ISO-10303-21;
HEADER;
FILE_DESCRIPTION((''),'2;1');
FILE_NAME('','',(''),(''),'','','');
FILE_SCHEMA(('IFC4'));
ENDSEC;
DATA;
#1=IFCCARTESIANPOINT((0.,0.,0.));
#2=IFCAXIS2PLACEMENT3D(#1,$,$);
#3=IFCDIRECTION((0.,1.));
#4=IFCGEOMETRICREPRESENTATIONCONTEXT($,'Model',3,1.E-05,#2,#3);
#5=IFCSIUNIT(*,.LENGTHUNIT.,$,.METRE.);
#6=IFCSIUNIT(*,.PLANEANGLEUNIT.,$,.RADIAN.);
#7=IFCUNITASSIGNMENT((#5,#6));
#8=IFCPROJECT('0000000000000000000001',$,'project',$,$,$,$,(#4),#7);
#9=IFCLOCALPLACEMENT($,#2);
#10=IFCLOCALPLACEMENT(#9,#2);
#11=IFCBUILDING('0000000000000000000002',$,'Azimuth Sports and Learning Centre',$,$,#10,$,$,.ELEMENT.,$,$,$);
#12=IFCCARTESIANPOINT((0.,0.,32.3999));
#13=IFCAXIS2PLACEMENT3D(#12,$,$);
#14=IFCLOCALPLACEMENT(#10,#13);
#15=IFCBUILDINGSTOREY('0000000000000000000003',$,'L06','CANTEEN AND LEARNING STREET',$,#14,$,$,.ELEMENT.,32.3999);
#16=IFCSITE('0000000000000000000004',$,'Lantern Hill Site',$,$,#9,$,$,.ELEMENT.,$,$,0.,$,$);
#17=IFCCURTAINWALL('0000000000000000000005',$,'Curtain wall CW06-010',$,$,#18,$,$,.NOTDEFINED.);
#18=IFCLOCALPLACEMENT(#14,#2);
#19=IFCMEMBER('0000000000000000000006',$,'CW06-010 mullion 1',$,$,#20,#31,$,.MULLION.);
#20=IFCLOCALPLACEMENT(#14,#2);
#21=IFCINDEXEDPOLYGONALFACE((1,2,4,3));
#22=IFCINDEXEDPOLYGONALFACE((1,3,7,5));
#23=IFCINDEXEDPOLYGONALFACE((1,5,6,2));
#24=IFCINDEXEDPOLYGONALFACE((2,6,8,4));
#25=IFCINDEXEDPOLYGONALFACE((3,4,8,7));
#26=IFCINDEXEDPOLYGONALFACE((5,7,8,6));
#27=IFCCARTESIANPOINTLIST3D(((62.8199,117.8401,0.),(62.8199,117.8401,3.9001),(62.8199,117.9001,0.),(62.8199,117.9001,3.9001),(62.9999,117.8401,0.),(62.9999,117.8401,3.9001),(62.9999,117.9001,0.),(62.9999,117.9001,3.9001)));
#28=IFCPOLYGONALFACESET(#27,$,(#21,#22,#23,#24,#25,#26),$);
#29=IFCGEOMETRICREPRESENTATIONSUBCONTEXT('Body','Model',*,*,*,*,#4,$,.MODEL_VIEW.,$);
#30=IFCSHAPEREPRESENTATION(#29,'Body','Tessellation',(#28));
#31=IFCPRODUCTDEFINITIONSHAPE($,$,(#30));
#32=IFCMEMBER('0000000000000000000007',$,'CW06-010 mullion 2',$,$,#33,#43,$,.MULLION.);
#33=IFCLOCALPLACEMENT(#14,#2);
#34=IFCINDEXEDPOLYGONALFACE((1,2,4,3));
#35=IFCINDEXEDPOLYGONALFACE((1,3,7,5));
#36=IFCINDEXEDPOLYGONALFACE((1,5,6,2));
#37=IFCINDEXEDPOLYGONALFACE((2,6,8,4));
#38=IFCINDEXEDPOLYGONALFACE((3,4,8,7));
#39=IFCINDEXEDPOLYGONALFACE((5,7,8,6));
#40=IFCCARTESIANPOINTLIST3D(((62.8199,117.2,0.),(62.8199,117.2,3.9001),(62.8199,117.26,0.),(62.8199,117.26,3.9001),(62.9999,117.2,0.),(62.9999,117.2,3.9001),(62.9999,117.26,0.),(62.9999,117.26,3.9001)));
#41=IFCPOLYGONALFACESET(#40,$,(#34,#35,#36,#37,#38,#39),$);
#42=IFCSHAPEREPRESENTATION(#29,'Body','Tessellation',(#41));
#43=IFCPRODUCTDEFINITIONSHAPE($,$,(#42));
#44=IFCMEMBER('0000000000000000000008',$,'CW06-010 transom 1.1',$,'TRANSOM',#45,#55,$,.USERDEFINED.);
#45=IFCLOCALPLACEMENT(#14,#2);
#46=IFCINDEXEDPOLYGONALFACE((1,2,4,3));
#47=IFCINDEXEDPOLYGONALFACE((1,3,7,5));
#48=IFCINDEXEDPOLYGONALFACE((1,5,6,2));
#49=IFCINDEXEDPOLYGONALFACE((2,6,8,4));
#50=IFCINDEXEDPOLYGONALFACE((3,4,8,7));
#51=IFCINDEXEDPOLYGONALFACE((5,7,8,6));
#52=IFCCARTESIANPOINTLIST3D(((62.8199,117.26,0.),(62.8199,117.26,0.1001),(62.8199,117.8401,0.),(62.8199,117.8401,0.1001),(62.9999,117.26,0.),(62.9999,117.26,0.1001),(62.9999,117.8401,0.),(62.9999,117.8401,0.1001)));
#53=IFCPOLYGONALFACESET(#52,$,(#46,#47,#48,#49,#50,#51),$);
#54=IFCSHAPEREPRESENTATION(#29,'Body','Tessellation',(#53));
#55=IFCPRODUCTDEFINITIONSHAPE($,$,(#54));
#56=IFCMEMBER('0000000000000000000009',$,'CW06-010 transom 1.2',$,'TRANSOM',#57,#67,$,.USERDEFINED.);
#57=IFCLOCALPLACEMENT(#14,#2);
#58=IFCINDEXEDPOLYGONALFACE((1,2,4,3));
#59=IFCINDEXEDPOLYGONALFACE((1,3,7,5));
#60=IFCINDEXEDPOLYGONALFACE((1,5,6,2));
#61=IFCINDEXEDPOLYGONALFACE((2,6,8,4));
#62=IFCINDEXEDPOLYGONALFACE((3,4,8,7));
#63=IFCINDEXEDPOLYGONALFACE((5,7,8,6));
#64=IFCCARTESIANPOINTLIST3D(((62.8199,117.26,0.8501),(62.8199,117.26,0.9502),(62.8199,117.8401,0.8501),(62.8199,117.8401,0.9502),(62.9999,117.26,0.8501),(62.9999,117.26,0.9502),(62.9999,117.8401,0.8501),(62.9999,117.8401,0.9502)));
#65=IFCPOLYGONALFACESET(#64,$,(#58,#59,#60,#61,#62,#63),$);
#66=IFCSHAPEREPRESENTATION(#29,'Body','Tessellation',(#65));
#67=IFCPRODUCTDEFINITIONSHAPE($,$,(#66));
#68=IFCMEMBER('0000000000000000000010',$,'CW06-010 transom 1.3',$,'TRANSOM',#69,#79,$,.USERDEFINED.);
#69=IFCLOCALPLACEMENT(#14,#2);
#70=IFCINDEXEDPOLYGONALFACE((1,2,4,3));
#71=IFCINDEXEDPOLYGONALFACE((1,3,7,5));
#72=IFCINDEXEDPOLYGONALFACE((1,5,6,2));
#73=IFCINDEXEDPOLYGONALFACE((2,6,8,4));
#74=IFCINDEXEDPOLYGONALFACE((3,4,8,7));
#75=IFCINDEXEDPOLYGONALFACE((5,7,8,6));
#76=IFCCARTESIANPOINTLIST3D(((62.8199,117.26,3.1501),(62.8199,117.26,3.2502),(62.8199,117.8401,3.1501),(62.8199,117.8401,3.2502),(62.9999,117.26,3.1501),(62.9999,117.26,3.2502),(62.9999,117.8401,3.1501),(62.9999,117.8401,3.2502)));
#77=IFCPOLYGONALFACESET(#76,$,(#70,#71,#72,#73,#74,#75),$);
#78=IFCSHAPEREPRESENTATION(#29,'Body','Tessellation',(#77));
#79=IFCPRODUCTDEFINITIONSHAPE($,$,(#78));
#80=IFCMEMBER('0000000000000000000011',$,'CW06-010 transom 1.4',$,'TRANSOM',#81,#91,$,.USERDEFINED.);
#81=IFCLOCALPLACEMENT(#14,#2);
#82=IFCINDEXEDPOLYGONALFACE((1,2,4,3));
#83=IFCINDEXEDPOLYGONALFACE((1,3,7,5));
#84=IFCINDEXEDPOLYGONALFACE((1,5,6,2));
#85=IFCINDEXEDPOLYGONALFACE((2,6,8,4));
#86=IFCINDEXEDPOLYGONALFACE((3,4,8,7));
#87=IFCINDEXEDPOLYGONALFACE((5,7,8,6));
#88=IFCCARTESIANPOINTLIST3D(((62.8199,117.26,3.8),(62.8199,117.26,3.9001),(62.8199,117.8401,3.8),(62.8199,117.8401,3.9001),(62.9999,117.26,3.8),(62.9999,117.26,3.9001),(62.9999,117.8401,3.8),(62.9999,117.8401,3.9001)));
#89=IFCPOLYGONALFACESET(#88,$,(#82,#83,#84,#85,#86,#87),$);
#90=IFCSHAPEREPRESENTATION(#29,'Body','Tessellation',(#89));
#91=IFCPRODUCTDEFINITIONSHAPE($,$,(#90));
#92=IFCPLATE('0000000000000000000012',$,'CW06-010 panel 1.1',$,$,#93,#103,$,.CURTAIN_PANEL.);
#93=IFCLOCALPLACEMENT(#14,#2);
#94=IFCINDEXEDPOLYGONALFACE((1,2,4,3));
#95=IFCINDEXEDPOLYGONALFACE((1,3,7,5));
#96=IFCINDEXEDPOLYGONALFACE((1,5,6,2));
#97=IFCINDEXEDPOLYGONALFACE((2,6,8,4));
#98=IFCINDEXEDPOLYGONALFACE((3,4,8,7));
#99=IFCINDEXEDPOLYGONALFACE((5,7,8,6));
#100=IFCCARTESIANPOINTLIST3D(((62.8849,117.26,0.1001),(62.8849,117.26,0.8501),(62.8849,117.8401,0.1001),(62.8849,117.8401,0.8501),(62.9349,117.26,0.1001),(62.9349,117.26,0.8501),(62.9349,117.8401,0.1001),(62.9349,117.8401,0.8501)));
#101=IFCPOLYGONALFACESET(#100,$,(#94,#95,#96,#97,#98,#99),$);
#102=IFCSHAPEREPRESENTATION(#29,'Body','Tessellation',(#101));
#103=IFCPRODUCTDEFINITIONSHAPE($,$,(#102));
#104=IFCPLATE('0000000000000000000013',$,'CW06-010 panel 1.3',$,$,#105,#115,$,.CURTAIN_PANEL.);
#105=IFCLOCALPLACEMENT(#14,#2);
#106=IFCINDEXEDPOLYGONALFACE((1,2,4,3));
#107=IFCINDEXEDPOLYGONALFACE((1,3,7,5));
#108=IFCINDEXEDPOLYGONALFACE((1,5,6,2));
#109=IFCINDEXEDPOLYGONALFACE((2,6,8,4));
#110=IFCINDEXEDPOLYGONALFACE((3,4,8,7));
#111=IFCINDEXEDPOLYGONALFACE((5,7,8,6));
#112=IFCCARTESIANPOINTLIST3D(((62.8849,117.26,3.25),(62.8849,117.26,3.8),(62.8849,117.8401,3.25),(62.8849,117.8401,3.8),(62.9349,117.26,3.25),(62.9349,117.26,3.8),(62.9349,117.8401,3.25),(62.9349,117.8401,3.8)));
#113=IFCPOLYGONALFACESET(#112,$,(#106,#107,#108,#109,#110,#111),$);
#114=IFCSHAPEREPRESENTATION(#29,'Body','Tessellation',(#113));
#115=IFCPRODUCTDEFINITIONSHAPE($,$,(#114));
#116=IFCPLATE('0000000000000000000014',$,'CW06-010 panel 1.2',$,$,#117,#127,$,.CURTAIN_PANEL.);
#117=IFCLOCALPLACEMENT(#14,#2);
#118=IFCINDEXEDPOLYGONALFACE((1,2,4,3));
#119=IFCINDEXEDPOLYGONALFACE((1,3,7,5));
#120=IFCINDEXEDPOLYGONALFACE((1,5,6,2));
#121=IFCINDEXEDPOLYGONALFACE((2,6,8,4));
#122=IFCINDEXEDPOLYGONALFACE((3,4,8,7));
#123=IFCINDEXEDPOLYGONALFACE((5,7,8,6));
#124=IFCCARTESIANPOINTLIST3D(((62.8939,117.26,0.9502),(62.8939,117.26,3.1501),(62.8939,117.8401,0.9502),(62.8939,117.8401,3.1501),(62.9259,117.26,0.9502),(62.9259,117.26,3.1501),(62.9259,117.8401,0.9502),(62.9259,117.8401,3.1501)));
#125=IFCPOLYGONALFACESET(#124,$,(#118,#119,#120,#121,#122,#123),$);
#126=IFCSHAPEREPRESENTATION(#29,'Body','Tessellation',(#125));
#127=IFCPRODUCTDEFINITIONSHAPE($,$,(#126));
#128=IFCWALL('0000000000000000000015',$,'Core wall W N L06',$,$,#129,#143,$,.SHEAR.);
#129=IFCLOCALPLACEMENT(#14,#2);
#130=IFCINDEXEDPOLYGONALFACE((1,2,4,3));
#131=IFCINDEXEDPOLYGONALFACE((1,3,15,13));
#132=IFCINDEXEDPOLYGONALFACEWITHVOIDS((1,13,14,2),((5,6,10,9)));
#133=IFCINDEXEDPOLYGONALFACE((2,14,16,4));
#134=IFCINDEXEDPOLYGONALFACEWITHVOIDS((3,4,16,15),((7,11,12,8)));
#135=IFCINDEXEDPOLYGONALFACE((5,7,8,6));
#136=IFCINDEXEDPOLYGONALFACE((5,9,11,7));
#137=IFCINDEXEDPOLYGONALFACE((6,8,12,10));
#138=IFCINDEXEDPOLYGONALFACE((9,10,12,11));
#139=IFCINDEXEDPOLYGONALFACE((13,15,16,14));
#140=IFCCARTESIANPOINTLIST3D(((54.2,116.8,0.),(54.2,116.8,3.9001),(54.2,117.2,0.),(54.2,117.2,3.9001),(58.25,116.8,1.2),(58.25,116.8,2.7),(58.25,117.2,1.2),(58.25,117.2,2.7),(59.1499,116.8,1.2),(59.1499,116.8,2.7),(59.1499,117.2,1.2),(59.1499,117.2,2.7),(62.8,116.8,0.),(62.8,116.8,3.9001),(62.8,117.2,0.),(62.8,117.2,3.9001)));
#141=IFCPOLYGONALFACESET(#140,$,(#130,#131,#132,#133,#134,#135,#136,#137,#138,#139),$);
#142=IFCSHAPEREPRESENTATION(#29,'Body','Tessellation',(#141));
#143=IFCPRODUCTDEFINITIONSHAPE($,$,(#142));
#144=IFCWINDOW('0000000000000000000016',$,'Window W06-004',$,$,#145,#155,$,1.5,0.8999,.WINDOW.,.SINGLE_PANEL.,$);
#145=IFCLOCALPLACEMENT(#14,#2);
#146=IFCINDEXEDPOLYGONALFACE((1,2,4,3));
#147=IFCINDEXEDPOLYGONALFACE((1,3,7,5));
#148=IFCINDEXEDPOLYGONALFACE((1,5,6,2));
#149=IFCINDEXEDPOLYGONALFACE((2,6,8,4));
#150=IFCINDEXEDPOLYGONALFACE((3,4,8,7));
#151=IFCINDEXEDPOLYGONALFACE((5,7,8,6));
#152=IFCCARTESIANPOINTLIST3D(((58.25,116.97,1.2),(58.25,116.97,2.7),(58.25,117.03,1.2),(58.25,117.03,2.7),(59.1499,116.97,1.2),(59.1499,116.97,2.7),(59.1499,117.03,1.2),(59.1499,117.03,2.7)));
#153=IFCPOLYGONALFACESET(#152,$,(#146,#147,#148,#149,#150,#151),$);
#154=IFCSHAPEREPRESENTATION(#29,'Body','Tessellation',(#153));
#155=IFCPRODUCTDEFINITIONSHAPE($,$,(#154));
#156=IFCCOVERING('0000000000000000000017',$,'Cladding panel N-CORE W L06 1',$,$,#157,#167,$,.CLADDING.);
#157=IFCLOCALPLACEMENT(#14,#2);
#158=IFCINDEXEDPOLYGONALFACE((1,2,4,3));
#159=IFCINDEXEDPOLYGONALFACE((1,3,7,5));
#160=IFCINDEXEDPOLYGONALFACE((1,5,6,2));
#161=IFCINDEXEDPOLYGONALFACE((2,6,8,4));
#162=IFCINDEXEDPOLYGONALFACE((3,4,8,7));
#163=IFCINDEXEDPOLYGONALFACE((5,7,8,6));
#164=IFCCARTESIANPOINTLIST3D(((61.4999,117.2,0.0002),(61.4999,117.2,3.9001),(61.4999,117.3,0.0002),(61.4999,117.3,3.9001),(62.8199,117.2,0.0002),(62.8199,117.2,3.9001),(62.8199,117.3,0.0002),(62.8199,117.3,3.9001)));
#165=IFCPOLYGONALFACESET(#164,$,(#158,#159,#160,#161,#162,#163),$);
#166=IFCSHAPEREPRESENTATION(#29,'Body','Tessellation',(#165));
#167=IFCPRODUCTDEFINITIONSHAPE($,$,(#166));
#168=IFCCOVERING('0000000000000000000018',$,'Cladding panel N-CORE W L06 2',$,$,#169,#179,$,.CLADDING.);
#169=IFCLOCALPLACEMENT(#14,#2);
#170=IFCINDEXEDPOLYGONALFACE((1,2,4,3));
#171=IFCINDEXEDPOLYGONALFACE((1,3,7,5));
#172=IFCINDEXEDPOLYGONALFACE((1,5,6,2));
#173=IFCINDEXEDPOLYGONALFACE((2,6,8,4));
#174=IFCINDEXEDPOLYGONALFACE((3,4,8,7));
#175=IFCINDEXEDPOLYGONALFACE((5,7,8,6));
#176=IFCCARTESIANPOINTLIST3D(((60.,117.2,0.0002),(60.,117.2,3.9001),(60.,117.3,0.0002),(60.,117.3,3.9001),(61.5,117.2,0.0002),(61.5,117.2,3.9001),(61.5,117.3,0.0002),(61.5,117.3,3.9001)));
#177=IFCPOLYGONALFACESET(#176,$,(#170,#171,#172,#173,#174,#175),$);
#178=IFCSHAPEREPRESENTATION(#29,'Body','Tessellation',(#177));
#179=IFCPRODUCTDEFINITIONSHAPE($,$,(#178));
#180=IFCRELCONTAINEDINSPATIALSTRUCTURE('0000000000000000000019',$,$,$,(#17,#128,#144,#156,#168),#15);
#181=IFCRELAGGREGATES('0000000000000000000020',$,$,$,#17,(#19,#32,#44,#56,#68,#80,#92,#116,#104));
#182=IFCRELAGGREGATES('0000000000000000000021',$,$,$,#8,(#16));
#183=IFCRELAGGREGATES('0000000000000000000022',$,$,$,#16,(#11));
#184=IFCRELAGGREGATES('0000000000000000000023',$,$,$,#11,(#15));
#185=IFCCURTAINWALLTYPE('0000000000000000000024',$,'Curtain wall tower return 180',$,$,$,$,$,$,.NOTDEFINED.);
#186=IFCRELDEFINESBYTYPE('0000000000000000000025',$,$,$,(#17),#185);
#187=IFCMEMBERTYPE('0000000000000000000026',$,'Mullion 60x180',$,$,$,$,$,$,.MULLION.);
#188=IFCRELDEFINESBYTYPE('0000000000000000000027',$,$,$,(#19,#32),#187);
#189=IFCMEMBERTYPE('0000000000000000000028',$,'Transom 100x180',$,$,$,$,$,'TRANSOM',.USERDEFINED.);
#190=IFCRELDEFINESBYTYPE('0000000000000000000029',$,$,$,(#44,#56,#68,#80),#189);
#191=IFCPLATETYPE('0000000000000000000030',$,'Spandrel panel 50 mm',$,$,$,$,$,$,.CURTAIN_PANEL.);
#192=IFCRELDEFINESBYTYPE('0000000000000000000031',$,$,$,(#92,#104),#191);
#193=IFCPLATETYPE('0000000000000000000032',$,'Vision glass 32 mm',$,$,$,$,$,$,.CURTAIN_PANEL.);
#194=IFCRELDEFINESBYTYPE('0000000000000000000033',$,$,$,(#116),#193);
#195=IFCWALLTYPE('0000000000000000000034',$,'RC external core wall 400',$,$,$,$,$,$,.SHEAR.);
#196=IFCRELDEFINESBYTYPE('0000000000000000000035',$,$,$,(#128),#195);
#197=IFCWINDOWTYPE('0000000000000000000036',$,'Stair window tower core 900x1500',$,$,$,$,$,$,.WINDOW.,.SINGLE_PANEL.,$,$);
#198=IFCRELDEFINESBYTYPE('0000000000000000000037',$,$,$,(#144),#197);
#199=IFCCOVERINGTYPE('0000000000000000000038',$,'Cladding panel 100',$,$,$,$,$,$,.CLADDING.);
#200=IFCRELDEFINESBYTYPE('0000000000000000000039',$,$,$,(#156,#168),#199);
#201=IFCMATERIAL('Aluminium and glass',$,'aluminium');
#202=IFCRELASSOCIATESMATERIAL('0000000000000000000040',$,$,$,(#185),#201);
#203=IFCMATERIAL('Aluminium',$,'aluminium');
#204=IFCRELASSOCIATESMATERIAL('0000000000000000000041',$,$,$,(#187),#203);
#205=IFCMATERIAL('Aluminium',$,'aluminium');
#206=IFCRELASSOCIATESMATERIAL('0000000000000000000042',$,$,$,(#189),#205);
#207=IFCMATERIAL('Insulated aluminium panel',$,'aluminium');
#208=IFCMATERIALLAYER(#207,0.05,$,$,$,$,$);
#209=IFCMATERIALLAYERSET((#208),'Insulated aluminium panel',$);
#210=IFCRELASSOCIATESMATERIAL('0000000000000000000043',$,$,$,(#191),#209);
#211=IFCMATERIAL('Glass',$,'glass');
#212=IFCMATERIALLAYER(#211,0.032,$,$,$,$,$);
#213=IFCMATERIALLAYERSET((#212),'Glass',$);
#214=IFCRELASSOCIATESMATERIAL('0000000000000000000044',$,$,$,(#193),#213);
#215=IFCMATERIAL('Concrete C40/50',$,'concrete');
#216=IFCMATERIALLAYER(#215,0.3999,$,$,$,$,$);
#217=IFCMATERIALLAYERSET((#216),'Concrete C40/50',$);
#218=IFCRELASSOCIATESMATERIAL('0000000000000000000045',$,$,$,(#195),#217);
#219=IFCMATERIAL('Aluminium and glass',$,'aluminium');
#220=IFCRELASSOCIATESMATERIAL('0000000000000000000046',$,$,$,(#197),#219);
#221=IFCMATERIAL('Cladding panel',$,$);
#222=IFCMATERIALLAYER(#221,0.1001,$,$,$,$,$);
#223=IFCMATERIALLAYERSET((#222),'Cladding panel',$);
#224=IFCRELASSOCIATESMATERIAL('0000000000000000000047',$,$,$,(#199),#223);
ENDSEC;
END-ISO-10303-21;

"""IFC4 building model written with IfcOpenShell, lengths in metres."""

from ifc_helpers import new_model, si_unit, direction, frame, frame_2d, origin, origin_2d, place, context, subcontext, project, spatial, rectangle, extrude, material, layer, layer_set, material_profile, profile_set, type_object, element, fill, aggregate, save


model = new_model("IFC4")

# Units and contexts
model_context = context("Model", 3, precision=1e-05, world=origin(), true_north=direction((0.0, 1.0)))
body_context = subcontext(model_context, "Body", "Model", "MODEL_VIEW")
ifc_project = project(units=[si_unit("LENGTHUNIT", "METRE"), si_unit("PLANEANGLEUNIT", "RADIAN")], contexts=[model_context])

# Site, building, storey
site_placement = place(None, origin())
site = spatial("IfcSite", under=ifc_project, at=site_placement, Name="Lantern Hill Site", CompositionType="ELEMENT", RefElevation=0.0)
building_placement = place(site_placement, origin())
building = spatial("IfcBuilding", under=site, at=building_placement, Name="Azimuth Sports and Learning Centre", CompositionType="ELEMENT")
storey_placement = place(building_placement, frame((0.0, 0.0, 32.3999)))
storey = spatial("IfcBuildingStorey", under=building, at=storey_placement, Name="L06", Description="CANTEEN AND LEARNING STREET", CompositionType="ELEMENT", Elevation=32.3999)

# Curtain wall, members, plates
ifc_material_1 = material(Name="Aluminium and glass", Category="aluminium")
curtain_wall_type = type_object("IfcCurtainWallType", Name="Curtain wall tower return 180", PredefinedType="NOTDEFINED", material=ifc_material_1)
curtain_wall_placement = place(storey_placement, origin())
curtain_wall = element("IfcCurtainWall", 1, at=curtain_wall_placement, inside=storey, type_object=curtain_wall_type, Name="Curtain wall CW06-010", PredefinedType="NOTDEFINED")
ifc_material_2 = material(Name="Aluminium", Category="aluminium")
ifc_material_profile_1 = material_profile(ifc_material_2, rectangle(XDim=0.1799, YDim=0.0601, at=origin_2d()), Name="Mullion 60x180")
ifc_profile_set_1 = profile_set([ifc_material_profile_1], Name="Aluminium")
member_type_1 = type_object("IfcMemberType", Name="Mullion 60x180", PredefinedType="MULLION", material=ifc_profile_set_1)
member_1_placement = place(storey_placement, frame((62.9099, 117.8701, 0.0), z_axis=(0.0, 0.0, 1.0), x_axis=(1.0, 0.0, 0.0)))
member_1 = element("IfcMember", 2, at=member_1_placement, type_object=member_type_1, Name="CW06-010 mullion 1", PredefinedType="MULLION", context=body_context, shape_type="SweptSolid", body=[
    extrude(rectangle(XDim=0.1799, YDim=0.0601, at=origin_2d()), origin(), (0.0, 0.0, 1.0), 3.9001),
])
member_2_placement = place(storey_placement, frame((62.9099, 117.23, 0.0), z_axis=(0.0, 0.0, 1.0), x_axis=(1.0, 0.0, 0.0)))
member_2 = element("IfcMember", 3, at=member_2_placement, type_object=member_type_1, Name="CW06-010 mullion 2", PredefinedType="MULLION", context=body_context, shape_type="SweptSolid", body=[
    extrude(rectangle(XDim=0.1799, YDim=0.0601, at=origin_2d()), origin(), (0.0, 0.0, 1.0), 3.9001),
])
ifc_material_3 = material(Name="Aluminium", Category="aluminium")
ifc_material_profile_2 = material_profile(ifc_material_3, rectangle(XDim=0.1799, YDim=0.1001, at=origin_2d()), Name="Transom 100x180")
ifc_profile_set_2 = profile_set([ifc_material_profile_2], Name="Aluminium")
member_type_2 = type_object("IfcMemberType", Name="Transom 100x180", ElementType="TRANSOM", PredefinedType="USERDEFINED", material=ifc_profile_set_2)
member_3_placement = place(storey_placement, frame((62.9099, 117.8401, 0.05), z_axis=(0.0, -1.0, 0.0), x_axis=(1.0, 0.0, 0.0)))
member_3 = element("IfcMember", 4, at=member_3_placement, type_object=member_type_2, Name="CW06-010 transom 1.1", ObjectType="TRANSOM", PredefinedType="USERDEFINED", context=body_context, shape_type="SweptSolid", body=[
    extrude(rectangle(XDim=0.1799, YDim=0.1001, at=origin_2d()), origin(), (0.0, 0.0, 1.0), 0.5801),
])
member_4_placement = place(storey_placement, frame((62.9099, 117.8401, 0.9001), z_axis=(0.0, -1.0, 0.0), x_axis=(1.0, 0.0, 0.0)))
member_4 = element("IfcMember", 5, at=member_4_placement, type_object=member_type_2, Name="CW06-010 transom 1.2", ObjectType="TRANSOM", PredefinedType="USERDEFINED", context=body_context, shape_type="SweptSolid", body=[
    extrude(rectangle(XDim=0.1799, YDim=0.1001, at=origin_2d()), origin(), (0.0, 0.0, 1.0), 0.5801),
])
member_5_placement = place(storey_placement, frame((62.9099, 117.8401, 3.2002), z_axis=(0.0, -1.0, 0.0), x_axis=(1.0, 0.0, 0.0)))
member_5 = element("IfcMember", 6, at=member_5_placement, type_object=member_type_2, Name="CW06-010 transom 1.3", ObjectType="TRANSOM", PredefinedType="USERDEFINED", context=body_context, shape_type="SweptSolid", body=[
    extrude(rectangle(XDim=0.1799, YDim=0.1001, at=origin_2d()), origin(), (0.0, 0.0, 1.0), 0.5801),
])
member_6_placement = place(storey_placement, frame((62.9099, 117.8401, 3.8501), z_axis=(0.0, -1.0, 0.0), x_axis=(1.0, 0.0, 0.0)))
member_6 = element("IfcMember", 7, at=member_6_placement, type_object=member_type_2, Name="CW06-010 transom 1.4", ObjectType="TRANSOM", PredefinedType="USERDEFINED", context=body_context, shape_type="SweptSolid", body=[
    extrude(rectangle(XDim=0.1799, YDim=0.1001, at=origin_2d()), origin(), (0.0, 0.0, 1.0), 0.5801),
])
ifc_material_4 = material(Name="Insulated aluminium panel", Category="aluminium")
ifc_layer_1 = layer(ifc_material_4, 0.05)
ifc_layer_set_1 = layer_set([ifc_layer_1], Name="Insulated aluminium panel")
plate_type_1 = type_object("IfcPlateType", Name="Spandrel panel 50 mm", PredefinedType="CURTAIN_PANEL", material=ifc_layer_set_1)
plate_1_placement = place(storey_placement, frame((62.9099, 117.55, 0.1001), z_axis=(0.0, 0.0, 1.0), x_axis=(0.0, -1.0, 0.0)))
plate_1 = element("IfcPlate", 8, at=plate_1_placement, type_object=plate_type_1, Name="CW06-010 panel 1.1", PredefinedType="CURTAIN_PANEL", context=body_context, shape_type="SweptSolid", body=[
    extrude(rectangle(XDim=0.5801, YDim=0.05, at=origin_2d()), origin(), (0.0, 0.0, 1.0), 0.75),
])
plate_2_placement = place(storey_placement, frame((62.9099, 117.55, 3.25), z_axis=(0.0, 0.0, 1.0), x_axis=(0.0, -1.0, 0.0)))
plate_2 = element("IfcPlate", 9, at=plate_2_placement, type_object=plate_type_1, Name="CW06-010 panel 1.3", PredefinedType="CURTAIN_PANEL", context=body_context, shape_type="SweptSolid", body=[
    extrude(rectangle(XDim=0.5801, YDim=0.05, at=origin_2d()), origin(), (0.0, 0.0, 1.0), 0.55),
])
ifc_material_5 = material(Name="Glass", Category="glass")
ifc_layer_2 = layer(ifc_material_5, 0.032)
ifc_layer_set_2 = layer_set([ifc_layer_2], Name="Glass")
plate_type_2 = type_object("IfcPlateType", Name="Vision glass 32 mm", PredefinedType="CURTAIN_PANEL", material=ifc_layer_set_2)
plate_3_placement = place(storey_placement, frame((62.9099, 117.55, 0.9502), z_axis=(0.0, 0.0, 1.0), x_axis=(0.0, -1.0, 0.0)))
plate_3 = element("IfcPlate", 10, at=plate_3_placement, type_object=plate_type_2, Name="CW06-010 panel 1.2", PredefinedType="CURTAIN_PANEL", context=body_context, shape_type="SweptSolid", body=[
    extrude(rectangle(XDim=0.5801, YDim=0.032, at=origin_2d()), origin(), (0.0, 0.0, 1.0), 2.2),
])
aggregate(curtain_wall, [member_1, member_2, member_3, member_4, member_5, member_6, plate_1, plate_3, plate_2])

# Wall, opening, window
ifc_material_6 = material(Name="Concrete C40/50", Category="concrete")
ifc_layer_3 = layer(ifc_material_6, 0.3999)
ifc_layer_set_3 = layer_set([ifc_layer_3], Name="Concrete C40/50")
wall_type = type_object("IfcWallType", Name="RC external core wall 400", PredefinedType="SHEAR", material=ifc_layer_set_3)
wall_placement = place(storey_placement, frame((54.2, 117.0, 0.0), z_axis=(0.0, 0.0, 1.0), x_axis=(1.0, 0.0, 0.0)))
wall = element("IfcWall", 11, at=wall_placement, inside=storey, type_object=wall_type, Name="Core wall W N L06", PredefinedType="SHEAR", context=body_context, shape_type="SweptSolid", body=[
    extrude(rectangle(XDim=8.6001, YDim=0.3999, at=frame_2d((4.3, 0.0))), origin(), (0.0, 0.0, 1.0), 3.9001),
])
opening_placement = place(wall_placement, frame((4.05, 0.0, 1.2)))
opening = element("IfcOpeningElement", 12, at=opening_placement, cuts=wall, PredefinedType="OPENING", context=body_context, shape_type="SweptSolid", body=[
    extrude(rectangle(XDim=0.8999, YDim=1.5, at=frame_2d((0.45, 0.75))), frame((0.0, 0.2109, 0.0), z_axis=(0.0, -1.0, 0.0), x_axis=(1.0, 0.0, 0.0)), (0.0, 0.0, 1.0), 0.4219),
])
ifc_material_7 = material(Name="Aluminium and glass", Category="aluminium")
window_type = type_object("IfcWindowType", Name="Stair window tower core 900x1500", PartitioningType="SINGLE_PANEL", PredefinedType="WINDOW", material=ifc_material_7)
window_placement = place(opening_placement, origin())
window = element("IfcWindow", 13, at=window_placement, inside=storey, type_object=window_type, Name="Window W06-004", OverallHeight=1.5, OverallWidth=0.8999, PartitioningType="SINGLE_PANEL", PredefinedType="WINDOW", context=body_context, shape_type="SweptSolid", body=[
    extrude(rectangle(XDim=0.8999, YDim=1.5, at=frame_2d((0.45, 0.75))), frame((0.0, 0.03, 0.0), z_axis=(0.0, -1.0, 0.0), x_axis=(1.0, 0.0, 0.0)), (0.0, 0.0, 1.0), 0.0601),
])
fill(opening, window)

# Coverings
ifc_material_8 = material(Name="Cladding panel")
ifc_layer_4 = layer(ifc_material_8, 0.1001)
ifc_layer_set_4 = layer_set([ifc_layer_4], Name="Cladding panel")
covering_type = type_object("IfcCoveringType", Name="Cladding panel 100", PredefinedType="CLADDING", material=ifc_layer_set_4)
covering_1_placement = place(storey_placement, frame((62.1599, 117.25, 0.0002), z_axis=(0.0, 0.0, 1.0), x_axis=(-1.0, 0.0, 0.0)))
element("IfcCovering", 14, at=covering_1_placement, inside=storey, type_object=covering_type, Name="Cladding panel N-CORE W L06 1", PredefinedType="CLADDING", context=body_context, shape_type="SweptSolid", body=[
    extrude(rectangle(XDim=1.3201, YDim=0.1001, at=origin_2d()), origin(), (0.0, 0.0, 1.0), 3.8999),
])
covering_2_placement = place(storey_placement, frame((60.75, 117.25, 0.0002), z_axis=(0.0, 0.0, 1.0), x_axis=(-1.0, 0.0, 0.0)))
element("IfcCovering", 15, at=covering_2_placement, inside=storey, type_object=covering_type, Name="Cladding panel N-CORE W L06 2", PredefinedType="CLADDING", context=body_context, shape_type="SweptSolid", body=[
    extrude(rectangle(XDim=1.5, YDim=0.1001, at=origin_2d()), origin(), (0.0, 0.0, 1.0), 3.8999),
])

save(model, "model.ifc")
